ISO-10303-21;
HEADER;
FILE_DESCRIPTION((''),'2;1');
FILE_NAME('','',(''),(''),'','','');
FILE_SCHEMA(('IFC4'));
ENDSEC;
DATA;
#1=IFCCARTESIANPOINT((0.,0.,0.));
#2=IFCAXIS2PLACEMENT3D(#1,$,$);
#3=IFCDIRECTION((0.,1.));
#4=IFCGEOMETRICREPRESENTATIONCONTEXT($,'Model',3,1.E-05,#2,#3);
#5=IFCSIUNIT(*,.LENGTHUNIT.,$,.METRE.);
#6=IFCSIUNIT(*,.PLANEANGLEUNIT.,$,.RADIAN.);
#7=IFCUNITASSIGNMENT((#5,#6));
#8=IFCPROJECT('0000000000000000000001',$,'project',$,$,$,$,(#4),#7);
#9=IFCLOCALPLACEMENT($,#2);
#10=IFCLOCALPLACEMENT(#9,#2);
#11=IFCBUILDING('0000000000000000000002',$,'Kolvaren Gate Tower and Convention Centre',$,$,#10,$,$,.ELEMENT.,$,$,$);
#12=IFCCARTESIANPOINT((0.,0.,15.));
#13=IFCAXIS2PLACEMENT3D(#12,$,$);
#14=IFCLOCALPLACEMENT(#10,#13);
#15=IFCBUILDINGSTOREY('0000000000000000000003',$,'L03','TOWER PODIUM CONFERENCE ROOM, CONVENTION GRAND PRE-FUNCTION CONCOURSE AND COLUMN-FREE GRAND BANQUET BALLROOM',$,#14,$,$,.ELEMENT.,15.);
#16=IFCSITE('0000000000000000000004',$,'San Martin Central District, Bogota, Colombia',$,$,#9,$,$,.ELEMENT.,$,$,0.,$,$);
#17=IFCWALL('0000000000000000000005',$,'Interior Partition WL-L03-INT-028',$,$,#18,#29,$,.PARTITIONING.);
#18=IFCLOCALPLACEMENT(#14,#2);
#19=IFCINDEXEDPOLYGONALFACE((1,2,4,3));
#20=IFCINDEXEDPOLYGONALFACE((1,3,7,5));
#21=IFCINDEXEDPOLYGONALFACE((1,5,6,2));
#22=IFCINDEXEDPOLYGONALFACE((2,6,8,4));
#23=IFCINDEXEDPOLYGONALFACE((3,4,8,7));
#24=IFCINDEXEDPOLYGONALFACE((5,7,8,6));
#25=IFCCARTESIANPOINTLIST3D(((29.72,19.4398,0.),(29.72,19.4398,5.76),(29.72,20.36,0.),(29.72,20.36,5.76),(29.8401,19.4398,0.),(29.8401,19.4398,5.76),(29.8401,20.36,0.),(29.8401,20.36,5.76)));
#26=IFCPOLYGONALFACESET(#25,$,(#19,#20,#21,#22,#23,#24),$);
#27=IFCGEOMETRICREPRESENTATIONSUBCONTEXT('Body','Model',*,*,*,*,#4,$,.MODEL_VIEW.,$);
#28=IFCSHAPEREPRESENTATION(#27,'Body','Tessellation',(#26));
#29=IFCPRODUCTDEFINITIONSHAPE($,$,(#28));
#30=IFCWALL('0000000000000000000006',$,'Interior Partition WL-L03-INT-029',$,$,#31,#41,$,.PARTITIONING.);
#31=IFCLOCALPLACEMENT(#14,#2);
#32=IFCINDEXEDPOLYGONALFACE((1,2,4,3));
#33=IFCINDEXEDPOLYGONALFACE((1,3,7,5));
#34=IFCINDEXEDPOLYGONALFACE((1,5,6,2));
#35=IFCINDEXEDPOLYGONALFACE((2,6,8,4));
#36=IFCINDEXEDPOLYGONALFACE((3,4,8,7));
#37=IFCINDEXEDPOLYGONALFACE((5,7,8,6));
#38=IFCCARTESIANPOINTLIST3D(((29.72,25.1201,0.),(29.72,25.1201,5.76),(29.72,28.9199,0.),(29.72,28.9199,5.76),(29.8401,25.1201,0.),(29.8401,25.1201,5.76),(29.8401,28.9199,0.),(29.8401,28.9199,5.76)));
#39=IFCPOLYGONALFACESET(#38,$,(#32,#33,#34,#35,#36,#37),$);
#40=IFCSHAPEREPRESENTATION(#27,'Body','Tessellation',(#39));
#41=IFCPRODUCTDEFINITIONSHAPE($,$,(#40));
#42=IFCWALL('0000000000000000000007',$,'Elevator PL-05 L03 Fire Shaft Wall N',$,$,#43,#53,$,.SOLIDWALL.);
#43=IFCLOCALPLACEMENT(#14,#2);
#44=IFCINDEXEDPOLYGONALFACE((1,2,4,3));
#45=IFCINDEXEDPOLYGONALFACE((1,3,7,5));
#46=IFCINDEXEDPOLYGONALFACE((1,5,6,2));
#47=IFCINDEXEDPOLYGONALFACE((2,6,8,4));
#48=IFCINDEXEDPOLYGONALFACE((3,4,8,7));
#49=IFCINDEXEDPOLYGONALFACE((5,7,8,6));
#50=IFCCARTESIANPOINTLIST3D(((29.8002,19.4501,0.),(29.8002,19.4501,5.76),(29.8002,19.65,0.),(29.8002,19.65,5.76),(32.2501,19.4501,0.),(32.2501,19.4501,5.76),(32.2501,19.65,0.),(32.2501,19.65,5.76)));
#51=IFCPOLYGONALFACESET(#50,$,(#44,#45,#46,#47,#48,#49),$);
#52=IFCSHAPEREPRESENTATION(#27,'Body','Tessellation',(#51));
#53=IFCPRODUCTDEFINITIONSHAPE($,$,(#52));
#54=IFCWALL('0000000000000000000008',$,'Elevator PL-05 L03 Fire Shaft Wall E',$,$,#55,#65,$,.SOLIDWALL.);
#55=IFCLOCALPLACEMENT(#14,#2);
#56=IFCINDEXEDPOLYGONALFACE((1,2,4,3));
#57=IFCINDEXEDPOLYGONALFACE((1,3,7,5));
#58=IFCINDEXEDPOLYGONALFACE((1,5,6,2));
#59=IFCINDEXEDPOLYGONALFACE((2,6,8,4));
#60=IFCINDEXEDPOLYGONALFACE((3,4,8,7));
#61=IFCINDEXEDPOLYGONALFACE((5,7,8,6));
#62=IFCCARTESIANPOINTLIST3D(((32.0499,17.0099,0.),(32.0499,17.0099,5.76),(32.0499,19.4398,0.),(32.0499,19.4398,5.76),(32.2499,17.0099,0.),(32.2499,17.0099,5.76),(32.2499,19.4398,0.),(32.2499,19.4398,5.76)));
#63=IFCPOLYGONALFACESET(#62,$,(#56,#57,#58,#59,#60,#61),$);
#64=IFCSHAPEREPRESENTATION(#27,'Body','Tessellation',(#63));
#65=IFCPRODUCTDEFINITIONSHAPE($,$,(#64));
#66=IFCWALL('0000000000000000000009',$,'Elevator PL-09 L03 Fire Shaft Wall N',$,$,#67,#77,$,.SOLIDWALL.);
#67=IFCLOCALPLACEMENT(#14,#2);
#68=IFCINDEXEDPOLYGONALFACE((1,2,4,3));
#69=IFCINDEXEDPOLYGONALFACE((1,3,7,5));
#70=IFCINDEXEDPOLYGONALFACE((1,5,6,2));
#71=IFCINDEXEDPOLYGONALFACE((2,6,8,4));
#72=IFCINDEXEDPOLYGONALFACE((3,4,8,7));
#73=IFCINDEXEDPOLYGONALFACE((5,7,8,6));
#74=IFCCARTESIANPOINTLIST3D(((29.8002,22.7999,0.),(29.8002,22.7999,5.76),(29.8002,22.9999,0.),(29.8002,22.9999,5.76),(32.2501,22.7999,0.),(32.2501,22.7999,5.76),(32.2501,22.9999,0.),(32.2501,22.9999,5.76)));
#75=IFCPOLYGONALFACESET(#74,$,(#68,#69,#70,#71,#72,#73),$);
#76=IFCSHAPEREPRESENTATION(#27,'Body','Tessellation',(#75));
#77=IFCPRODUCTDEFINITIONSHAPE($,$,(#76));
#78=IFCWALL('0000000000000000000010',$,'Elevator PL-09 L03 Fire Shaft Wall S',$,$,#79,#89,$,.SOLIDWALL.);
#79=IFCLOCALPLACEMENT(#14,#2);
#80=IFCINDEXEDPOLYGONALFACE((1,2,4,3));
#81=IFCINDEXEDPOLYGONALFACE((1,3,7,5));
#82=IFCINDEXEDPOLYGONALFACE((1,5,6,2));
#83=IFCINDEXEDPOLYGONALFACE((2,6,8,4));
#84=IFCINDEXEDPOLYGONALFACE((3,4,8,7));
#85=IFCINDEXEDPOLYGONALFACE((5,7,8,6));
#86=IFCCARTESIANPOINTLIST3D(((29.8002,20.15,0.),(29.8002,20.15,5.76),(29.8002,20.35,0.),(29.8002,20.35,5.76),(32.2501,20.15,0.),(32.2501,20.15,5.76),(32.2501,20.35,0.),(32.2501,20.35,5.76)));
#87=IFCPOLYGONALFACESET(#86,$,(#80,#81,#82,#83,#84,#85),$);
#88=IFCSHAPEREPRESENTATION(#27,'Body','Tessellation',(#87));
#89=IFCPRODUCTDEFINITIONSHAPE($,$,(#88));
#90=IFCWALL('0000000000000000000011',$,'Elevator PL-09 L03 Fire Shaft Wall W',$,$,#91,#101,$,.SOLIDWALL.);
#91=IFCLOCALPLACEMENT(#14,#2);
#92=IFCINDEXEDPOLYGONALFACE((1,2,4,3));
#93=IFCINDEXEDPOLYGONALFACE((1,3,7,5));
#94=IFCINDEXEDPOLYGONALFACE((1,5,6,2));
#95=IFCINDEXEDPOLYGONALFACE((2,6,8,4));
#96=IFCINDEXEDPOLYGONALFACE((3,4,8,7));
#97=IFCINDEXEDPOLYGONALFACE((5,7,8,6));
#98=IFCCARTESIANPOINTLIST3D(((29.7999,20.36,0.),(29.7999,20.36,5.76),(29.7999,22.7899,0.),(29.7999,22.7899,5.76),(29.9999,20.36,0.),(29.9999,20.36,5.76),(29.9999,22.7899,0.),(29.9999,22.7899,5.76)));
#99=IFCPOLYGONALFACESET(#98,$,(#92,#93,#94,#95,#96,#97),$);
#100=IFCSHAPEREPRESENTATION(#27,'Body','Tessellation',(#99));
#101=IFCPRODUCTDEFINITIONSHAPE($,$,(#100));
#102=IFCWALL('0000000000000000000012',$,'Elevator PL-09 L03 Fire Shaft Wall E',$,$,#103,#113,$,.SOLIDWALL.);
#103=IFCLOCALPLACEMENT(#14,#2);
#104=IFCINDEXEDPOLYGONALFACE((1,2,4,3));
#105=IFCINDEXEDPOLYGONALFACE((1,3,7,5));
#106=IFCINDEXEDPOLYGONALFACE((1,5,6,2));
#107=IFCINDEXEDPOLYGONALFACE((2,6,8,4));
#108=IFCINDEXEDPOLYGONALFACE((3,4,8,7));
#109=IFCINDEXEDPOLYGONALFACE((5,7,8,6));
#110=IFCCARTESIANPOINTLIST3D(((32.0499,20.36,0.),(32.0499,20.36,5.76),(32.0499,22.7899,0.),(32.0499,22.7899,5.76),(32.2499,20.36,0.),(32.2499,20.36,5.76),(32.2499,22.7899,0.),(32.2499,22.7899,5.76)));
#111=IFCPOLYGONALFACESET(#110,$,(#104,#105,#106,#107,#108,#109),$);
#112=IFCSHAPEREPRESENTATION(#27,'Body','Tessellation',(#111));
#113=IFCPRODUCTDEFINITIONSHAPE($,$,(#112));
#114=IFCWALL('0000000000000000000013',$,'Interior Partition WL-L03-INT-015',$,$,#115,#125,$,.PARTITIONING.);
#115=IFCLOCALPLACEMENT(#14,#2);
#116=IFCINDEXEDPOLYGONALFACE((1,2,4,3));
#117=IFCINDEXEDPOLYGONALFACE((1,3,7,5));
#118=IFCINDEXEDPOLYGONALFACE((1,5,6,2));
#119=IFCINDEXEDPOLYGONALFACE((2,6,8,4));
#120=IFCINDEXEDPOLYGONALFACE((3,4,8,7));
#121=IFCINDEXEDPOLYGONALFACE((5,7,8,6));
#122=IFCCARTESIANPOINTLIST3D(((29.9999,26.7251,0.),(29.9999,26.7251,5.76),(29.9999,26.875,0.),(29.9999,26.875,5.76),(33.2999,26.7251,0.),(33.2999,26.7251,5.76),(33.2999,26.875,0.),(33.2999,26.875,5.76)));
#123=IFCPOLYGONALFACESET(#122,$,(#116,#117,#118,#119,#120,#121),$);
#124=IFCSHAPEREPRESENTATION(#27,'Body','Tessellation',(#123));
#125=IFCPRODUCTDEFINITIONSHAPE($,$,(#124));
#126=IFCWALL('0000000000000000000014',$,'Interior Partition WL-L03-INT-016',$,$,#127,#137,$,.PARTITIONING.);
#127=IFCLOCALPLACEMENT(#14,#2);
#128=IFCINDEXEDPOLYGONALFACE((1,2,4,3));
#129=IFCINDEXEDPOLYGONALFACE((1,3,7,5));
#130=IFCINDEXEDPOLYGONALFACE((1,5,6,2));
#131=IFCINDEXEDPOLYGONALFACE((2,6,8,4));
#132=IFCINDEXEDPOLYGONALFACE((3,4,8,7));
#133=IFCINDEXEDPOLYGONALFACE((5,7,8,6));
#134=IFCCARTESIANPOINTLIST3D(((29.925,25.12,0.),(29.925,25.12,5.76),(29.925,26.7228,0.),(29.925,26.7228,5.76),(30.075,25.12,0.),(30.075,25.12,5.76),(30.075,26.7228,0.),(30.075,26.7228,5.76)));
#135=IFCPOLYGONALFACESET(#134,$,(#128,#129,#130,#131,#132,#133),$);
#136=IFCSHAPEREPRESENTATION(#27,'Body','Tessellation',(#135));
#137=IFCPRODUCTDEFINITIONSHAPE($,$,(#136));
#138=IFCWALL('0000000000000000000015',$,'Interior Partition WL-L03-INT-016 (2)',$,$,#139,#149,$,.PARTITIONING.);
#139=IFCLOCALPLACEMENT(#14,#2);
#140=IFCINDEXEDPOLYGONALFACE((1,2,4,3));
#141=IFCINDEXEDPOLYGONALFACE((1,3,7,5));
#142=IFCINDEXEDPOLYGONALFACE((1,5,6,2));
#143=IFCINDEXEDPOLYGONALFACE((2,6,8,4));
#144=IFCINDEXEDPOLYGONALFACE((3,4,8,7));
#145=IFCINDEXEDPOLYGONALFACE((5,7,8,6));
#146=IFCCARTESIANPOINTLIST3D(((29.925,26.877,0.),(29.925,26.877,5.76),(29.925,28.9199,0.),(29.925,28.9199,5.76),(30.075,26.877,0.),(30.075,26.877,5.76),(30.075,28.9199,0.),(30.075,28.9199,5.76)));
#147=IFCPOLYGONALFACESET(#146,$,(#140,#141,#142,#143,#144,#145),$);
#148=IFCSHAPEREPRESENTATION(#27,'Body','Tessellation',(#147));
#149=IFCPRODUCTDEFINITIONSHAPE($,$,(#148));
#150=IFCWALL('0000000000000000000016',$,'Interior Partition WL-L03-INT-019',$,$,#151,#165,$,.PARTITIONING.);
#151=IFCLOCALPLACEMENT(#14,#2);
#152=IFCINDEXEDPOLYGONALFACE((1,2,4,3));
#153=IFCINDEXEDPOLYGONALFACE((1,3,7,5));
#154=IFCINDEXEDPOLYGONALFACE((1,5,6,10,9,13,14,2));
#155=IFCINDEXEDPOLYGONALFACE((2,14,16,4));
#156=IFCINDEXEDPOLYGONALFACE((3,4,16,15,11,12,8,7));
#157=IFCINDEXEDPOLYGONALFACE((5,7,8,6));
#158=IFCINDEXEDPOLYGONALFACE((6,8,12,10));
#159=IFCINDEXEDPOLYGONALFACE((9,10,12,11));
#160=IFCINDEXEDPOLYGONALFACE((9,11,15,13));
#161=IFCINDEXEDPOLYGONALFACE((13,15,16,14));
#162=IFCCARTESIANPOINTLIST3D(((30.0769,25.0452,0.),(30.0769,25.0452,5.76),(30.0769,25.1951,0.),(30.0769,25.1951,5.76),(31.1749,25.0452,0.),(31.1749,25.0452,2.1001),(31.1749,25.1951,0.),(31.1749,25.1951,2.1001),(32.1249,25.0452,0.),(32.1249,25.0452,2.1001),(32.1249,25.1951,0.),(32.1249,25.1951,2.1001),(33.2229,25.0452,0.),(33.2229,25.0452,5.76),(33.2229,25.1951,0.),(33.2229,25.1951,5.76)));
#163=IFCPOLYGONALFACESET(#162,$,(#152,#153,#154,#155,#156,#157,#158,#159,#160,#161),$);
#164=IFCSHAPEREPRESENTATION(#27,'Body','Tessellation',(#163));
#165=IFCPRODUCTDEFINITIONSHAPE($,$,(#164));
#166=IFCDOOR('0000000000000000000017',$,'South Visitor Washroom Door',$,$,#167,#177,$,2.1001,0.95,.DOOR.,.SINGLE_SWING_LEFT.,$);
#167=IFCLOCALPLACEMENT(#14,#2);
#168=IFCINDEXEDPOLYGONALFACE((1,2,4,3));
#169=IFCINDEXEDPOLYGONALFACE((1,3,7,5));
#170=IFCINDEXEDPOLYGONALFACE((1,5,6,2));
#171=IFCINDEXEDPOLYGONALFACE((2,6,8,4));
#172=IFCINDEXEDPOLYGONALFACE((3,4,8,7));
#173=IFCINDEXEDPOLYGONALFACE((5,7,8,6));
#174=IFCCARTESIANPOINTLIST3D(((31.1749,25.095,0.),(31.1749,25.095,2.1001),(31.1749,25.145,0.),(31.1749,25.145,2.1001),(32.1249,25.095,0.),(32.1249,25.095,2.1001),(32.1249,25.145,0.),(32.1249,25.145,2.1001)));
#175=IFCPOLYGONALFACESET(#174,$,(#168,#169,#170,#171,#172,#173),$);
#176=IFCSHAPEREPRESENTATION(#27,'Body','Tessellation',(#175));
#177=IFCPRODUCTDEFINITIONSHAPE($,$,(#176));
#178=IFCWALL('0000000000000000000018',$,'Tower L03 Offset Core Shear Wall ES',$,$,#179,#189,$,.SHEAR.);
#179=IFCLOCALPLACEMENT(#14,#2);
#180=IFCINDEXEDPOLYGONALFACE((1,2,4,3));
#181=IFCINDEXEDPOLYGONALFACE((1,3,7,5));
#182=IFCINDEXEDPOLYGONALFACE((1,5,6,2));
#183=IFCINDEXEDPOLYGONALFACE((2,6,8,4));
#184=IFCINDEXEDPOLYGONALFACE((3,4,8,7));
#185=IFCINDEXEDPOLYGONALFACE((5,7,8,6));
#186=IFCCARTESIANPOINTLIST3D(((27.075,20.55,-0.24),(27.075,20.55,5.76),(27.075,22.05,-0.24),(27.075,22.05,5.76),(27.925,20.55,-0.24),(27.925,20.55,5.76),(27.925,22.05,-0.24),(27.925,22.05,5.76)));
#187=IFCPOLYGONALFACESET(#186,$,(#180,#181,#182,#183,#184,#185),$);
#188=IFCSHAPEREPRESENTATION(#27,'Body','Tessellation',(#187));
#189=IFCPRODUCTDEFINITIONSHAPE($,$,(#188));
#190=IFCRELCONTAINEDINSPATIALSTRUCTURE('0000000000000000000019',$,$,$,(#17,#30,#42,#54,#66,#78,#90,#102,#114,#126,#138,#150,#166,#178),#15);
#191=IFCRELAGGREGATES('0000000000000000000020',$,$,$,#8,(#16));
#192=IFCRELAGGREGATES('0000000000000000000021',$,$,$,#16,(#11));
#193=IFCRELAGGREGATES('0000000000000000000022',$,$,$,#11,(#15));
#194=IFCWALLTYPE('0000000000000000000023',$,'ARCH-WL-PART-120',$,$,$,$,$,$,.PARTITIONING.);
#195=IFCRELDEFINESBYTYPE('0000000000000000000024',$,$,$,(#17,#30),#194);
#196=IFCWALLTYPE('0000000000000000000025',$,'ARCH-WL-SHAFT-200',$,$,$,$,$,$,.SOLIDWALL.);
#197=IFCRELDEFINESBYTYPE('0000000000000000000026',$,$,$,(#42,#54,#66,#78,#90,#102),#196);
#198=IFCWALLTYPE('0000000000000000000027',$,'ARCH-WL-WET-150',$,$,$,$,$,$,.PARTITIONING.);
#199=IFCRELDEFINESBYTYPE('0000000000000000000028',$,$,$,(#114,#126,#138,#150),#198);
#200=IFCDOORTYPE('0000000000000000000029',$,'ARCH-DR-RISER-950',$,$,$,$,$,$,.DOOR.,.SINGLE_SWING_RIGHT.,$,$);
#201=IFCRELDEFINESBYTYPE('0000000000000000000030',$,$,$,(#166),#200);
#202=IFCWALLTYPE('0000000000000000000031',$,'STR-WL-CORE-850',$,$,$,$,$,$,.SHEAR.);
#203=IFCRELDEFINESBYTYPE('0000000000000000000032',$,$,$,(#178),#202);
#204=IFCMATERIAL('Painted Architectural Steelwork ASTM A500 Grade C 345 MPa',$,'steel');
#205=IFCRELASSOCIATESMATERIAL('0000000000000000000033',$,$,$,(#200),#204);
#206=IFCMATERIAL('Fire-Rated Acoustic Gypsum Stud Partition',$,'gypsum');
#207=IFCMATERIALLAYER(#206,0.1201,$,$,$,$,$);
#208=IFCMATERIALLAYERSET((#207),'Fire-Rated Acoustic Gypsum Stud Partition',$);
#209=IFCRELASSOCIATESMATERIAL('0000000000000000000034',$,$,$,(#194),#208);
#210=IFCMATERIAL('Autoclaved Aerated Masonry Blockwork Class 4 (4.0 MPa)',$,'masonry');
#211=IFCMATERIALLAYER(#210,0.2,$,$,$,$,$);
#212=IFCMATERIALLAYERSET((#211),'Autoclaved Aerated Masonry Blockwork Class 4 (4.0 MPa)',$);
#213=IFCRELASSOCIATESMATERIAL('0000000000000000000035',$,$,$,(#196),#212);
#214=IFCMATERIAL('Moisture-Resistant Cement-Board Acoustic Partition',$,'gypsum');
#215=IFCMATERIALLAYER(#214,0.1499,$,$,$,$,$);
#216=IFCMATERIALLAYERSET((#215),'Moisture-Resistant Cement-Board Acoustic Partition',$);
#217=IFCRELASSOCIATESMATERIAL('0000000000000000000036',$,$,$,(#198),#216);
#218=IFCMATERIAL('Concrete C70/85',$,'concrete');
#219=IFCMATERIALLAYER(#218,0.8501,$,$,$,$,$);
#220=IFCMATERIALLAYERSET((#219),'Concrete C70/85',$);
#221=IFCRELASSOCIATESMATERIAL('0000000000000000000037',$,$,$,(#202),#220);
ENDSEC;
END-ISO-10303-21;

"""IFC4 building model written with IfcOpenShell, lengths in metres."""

from ifc_helpers import new_model, si_unit, direction, frame, frame_2d, origin, place, context, subcontext, project, spatial, rectangle, extrude, material, layer, layer_set, type_object, element, fill, save


model = new_model("IFC4")

# Units and contexts
model_context = context("Model", 3, precision=1e-05, world=origin(), true_north=direction((0.0, 1.0)))
body_context = subcontext(model_context, "Body", "Model", "MODEL_VIEW")
ifc_project = project(units=[si_unit("LENGTHUNIT", "METRE"), si_unit("PLANEANGLEUNIT", "RADIAN")], contexts=[model_context])

# Site, building, storey
site_placement = place(None, origin())
site = spatial("IfcSite", under=ifc_project, at=site_placement, Name="San Martin Central District, Bogota, Colombia", CompositionType="ELEMENT", RefElevation=0.0)
building_placement = place(site_placement, origin())
building = spatial("IfcBuilding", under=site, at=building_placement, Name="Kolvaren Gate Tower and Convention Centre", CompositionType="ELEMENT")
storey_placement = place(building_placement, frame((0.0, 0.0, 15.0)))
storey = spatial("IfcBuildingStorey", under=building, at=storey_placement, Name="L03", Description="TOWER PODIUM CONFERENCE ROOM, CONVENTION GRAND PRE-FUNCTION CONCOURSE AND COLUMN-FREE GRAND BANQUET BALLROOM", CompositionType="ELEMENT", Elevation=15.0)

# Shared definitions
ifc_material_1 = material(Name="Autoclaved Aerated Masonry Blockwork Class 4 (4.0 MPa)", Category="masonry")

# Shared definitions
ifc_material_2 = material(Name="Painted Architectural Steelwork ASTM A500 Grade C 345 MPa", Category="steel")
door_type_1 = type_object("IfcDoorType", Name="ARCH-DR-RISER-950", OperationType="SINGLE_SWING_RIGHT", PredefinedType="DOOR", material=ifc_material_2)

# Walls
ifc_material_3 = material(Name="Fire-Rated Acoustic Gypsum Stud Partition", Category="gypsum")
ifc_layer_1 = layer(ifc_material_3, 0.1201)
ifc_layer_set_1 = layer_set([ifc_layer_1], Name="Fire-Rated Acoustic Gypsum Stud Partition")
wall_type_1 = type_object("IfcWallType", Name="ARCH-WL-PART-120", PredefinedType="PARTITIONING", material=ifc_layer_set_1)
wall_1_placement = place(storey_placement, frame((29.78, 19.4399, 0.0), z_axis=(0.0, 0.0, 1.0), x_axis=(0.0, 1.0, 0.0)))
element("IfcWall", 1, at=wall_1_placement, inside=storey, type_object=wall_type_1, Name="Interior Partition WL-L03-INT-028", PredefinedType="PARTITIONING", context=body_context, shape_type="SweptSolid", body=[
    extrude(rectangle(XDim=0.9202, YDim=0.1201, at=frame_2d((0.46, 0.0))), origin(), (0.0, 0.0, 1.0), 5.76),
])
wall_2_placement = place(storey_placement, frame((29.78, 25.1201, 0.0), z_axis=(0.0, 0.0, 1.0), x_axis=(0.0, 1.0, 0.0)))
element("IfcWall", 2, at=wall_2_placement, inside=storey, type_object=wall_type_1, Name="Interior Partition WL-L03-INT-029", PredefinedType="PARTITIONING", context=body_context, shape_type="SweptSolid", body=[
    extrude(rectangle(XDim=3.7998, YDim=0.1201, at=frame_2d((1.8999, 0.0))), origin(), (0.0, 0.0, 1.0), 5.76),
])
ifc_layer_2 = layer(ifc_material_1, 0.2)
ifc_layer_set_2 = layer_set([ifc_layer_2], Name="Autoclaved Aerated Masonry Blockwork Class 4 (4.0 MPa)")
wall_type_2 = type_object("IfcWallType", Name="ARCH-WL-SHAFT-200", PredefinedType="SOLIDWALL", material=ifc_layer_set_2)
wall_3_placement = place(storey_placement, frame((29.8, 19.55, 0.0), z_axis=(0.0, 0.0, 1.0), x_axis=(1.0, 0.0, 0.0)))
element("IfcWall", 3, at=wall_3_placement, inside=storey, type_object=wall_type_2, Name="Elevator PL-05 L03 Fire Shaft Wall N", PredefinedType="SOLIDWALL", context=body_context, shape_type="SweptSolid", body=[
    extrude(rectangle(XDim=2.45, YDim=0.2, at=frame_2d((1.2251, 0.0))), origin(), (0.0, 0.0, 1.0), 5.76),
])
wall_4_placement = place(storey_placement, frame((32.1499, 17.01, 0.0), z_axis=(0.0, 0.0, 1.0), x_axis=(0.0, 1.0, 0.0)))
element("IfcWall", 4, at=wall_4_placement, inside=storey, type_object=wall_type_2, Name="Elevator PL-05 L03 Fire Shaft Wall E", PredefinedType="SOLIDWALL", context=body_context, shape_type="SweptSolid", body=[
    extrude(rectangle(XDim=2.4299, YDim=0.2, at=frame_2d((1.2148, 0.0))), origin(), (0.0, 0.0, 1.0), 5.76),
])
for number, where, z_axis, x_axis, name in (
    (5, (29.8, 22.8999, 0.0), (0.0, 0.0, 1.0), (1.0, 0.0, 0.0), "Elevator PL-09 L03 Fire Shaft Wall N"),
    (6, (29.8, 20.25, 0.0), (0.0, 0.0, 1.0), (1.0, 0.0, 0.0), "Elevator PL-09 L03 Fire Shaft Wall S"),
):
    element("IfcWall", number, at=place(storey_placement, frame(where, z_axis=z_axis, x_axis=x_axis)), inside=storey, type_object=wall_type_2, Name=name, PredefinedType="SOLIDWALL", context=body_context, shape_type="SweptSolid", body=[
        extrude(rectangle(XDim=2.45, YDim=0.2, at=frame_2d((1.2251, 0.0))), origin(), (0.0, 0.0, 1.0), 5.76),
    ])
for number, where, z_axis, x_axis, name in (
    (7, (29.8999, 20.3601, 0.0), (0.0, 0.0, 1.0), (0.0, 1.0, 0.0), "Elevator PL-09 L03 Fire Shaft Wall W"),
    (8, (32.1499, 20.3601, 0.0), (0.0, 0.0, 1.0), (0.0, 1.0, 0.0), "Elevator PL-09 L03 Fire Shaft Wall E"),
):
    element("IfcWall", number, at=place(storey_placement, frame(where, z_axis=z_axis, x_axis=x_axis)), inside=storey, type_object=wall_type_2, Name=name, PredefinedType="SOLIDWALL", context=body_context, shape_type="SweptSolid", body=[
        extrude(rectangle(XDim=2.4299, YDim=0.2, at=frame_2d((1.2148, 0.0))), origin(), (0.0, 0.0, 1.0), 5.76),
    ])
ifc_material_4 = material(Name="Moisture-Resistant Cement-Board Acoustic Partition", Category="gypsum")
ifc_layer_3 = layer(ifc_material_4, 0.1499)
ifc_layer_set_3 = layer_set([ifc_layer_3], Name="Moisture-Resistant Cement-Board Acoustic Partition")
wall_type_3 = type_object("IfcWallType", Name="ARCH-WL-WET-150", PredefinedType="PARTITIONING", material=ifc_layer_set_3)
wall_5_placement = place(storey_placement, frame((30.0, 26.8, 0.0), z_axis=(0.0, 0.0, 1.0), x_axis=(1.0, 0.0, 0.0)))
element("IfcWall", 9, at=wall_5_placement, inside=storey, type_object=wall_type_3, Name="Interior Partition WL-L03-INT-015", PredefinedType="PARTITIONING", context=body_context, shape_type="SweptSolid", body=[
    extrude(rectangle(XDim=3.3, YDim=0.1499, at=frame_2d((1.6499, 0.0))), origin(), (0.0, 0.0, 1.0), 5.76),
])
wall_6_placement = place(storey_placement, frame((30.0, 25.1201, 0.0), z_axis=(0.0, 0.0, 1.0), x_axis=(0.0, 1.0, 0.0)))
element("IfcWall", 10, at=wall_6_placement, inside=storey, type_object=wall_type_3, Name="Interior Partition WL-L03-INT-016", PredefinedType="PARTITIONING", context=body_context, shape_type="SweptSolid", body=[
    extrude(rectangle(XDim=1.6028, YDim=0.1499, at=frame_2d((0.8013, 0.0))), origin(), (0.0, 0.0, 1.0), 5.76),
])
wall_7_placement = place(storey_placement, frame((30.0, 26.877, 0.0), z_axis=(0.0, 0.0, 1.0), x_axis=(0.0, 1.0, 0.0)))
element("IfcWall", 11, at=wall_7_placement, inside=storey, type_object=wall_type_3, Name="Interior Partition WL-L03-INT-016 (2)", PredefinedType="PARTITIONING", context=body_context, shape_type="SweptSolid", body=[
    extrude(rectangle(XDim=2.043, YDim=0.1499, at=frame_2d((1.0215, 0.0))), origin(), (0.0, 0.0, 1.0), 5.76),
])

# Wall, opening, door
wall_8_placement = place(storey_placement, frame((30.0769, 25.1201, 0.0), z_axis=(0.0, 0.0, 1.0), x_axis=(1.0, 0.0, 0.0)))
wall_8 = element("IfcWall", 12, at=wall_8_placement, inside=storey, type_object=wall_type_3, Name="Interior Partition WL-L03-INT-019", PredefinedType="PARTITIONING", context=body_context, shape_type="SweptSolid", body=[
    extrude(rectangle(XDim=3.146, YDim=0.1499, at=frame_2d((1.573, 0.0))), origin(), (0.0, 0.0, 1.0), 5.76),
])
opening_1_placement = place(wall_8_placement, frame((1.0979, 0.0, 0.0)))
opening_1 = element("IfcOpeningElement", 13, at=opening_1_placement, cuts=wall_8, PredefinedType="OPENING", context=body_context, shape_type="SweptSolid", body=[
    extrude(rectangle(XDim=0.95, YDim=2.1001, at=frame_2d((0.4751, 1.05))), frame((0.0, 0.085, 0.0), z_axis=(0.0, -1.0, 0.0), x_axis=(1.0, 0.0, 0.0)), (0.0, 0.0, 1.0), 0.1699),
])
door_1_placement = place(opening_1_placement, origin())
door_1 = element("IfcDoor", 14, at=door_1_placement, inside=storey, type_object=door_type_1, Name="South Visitor Washroom Door", OperationType="SINGLE_SWING_LEFT", OverallHeight=2.1001, OverallWidth=0.95, PredefinedType="DOOR", context=body_context, shape_type="SweptSolid", body=[
    extrude(rectangle(XDim=0.95, YDim=2.1001, at=frame_2d((0.4751, 1.05))), frame((0.0, 0.0249, 0.0), z_axis=(0.0, -1.0, 0.0), x_axis=(1.0, 0.0, 0.0)), (0.0, 0.0, 1.0), 0.05),
])
fill(opening_1, door_1)

# Wall
ifc_material_5 = material(Name="Concrete C70/85", Category="concrete")
ifc_layer_4 = layer(ifc_material_5, 0.8501)
ifc_layer_set_4 = layer_set([ifc_layer_4], Name="Concrete C70/85")
wall_type_4 = type_object("IfcWallType", Name="STR-WL-CORE-850", PredefinedType="SHEAR", material=ifc_layer_set_4)
wall_9_placement = place(storey_placement, frame((27.5, 20.55, -0.24), z_axis=(0.0, 0.0, 1.0), x_axis=(0.0, 1.0, 0.0)))
element("IfcWall", 15, at=wall_9_placement, inside=storey, type_object=wall_type_4, Name="Tower L03 Offset Core Shear Wall ES", PredefinedType="SHEAR", context=body_context, shape_type="SweptSolid", body=[
    extrude(rectangle(XDim=1.5, YDim=0.8501, at=frame_2d((0.75, 0.0))), origin(), (0.0, 0.0, 1.0), 6.0),
])

save(model, "model.ifc")
